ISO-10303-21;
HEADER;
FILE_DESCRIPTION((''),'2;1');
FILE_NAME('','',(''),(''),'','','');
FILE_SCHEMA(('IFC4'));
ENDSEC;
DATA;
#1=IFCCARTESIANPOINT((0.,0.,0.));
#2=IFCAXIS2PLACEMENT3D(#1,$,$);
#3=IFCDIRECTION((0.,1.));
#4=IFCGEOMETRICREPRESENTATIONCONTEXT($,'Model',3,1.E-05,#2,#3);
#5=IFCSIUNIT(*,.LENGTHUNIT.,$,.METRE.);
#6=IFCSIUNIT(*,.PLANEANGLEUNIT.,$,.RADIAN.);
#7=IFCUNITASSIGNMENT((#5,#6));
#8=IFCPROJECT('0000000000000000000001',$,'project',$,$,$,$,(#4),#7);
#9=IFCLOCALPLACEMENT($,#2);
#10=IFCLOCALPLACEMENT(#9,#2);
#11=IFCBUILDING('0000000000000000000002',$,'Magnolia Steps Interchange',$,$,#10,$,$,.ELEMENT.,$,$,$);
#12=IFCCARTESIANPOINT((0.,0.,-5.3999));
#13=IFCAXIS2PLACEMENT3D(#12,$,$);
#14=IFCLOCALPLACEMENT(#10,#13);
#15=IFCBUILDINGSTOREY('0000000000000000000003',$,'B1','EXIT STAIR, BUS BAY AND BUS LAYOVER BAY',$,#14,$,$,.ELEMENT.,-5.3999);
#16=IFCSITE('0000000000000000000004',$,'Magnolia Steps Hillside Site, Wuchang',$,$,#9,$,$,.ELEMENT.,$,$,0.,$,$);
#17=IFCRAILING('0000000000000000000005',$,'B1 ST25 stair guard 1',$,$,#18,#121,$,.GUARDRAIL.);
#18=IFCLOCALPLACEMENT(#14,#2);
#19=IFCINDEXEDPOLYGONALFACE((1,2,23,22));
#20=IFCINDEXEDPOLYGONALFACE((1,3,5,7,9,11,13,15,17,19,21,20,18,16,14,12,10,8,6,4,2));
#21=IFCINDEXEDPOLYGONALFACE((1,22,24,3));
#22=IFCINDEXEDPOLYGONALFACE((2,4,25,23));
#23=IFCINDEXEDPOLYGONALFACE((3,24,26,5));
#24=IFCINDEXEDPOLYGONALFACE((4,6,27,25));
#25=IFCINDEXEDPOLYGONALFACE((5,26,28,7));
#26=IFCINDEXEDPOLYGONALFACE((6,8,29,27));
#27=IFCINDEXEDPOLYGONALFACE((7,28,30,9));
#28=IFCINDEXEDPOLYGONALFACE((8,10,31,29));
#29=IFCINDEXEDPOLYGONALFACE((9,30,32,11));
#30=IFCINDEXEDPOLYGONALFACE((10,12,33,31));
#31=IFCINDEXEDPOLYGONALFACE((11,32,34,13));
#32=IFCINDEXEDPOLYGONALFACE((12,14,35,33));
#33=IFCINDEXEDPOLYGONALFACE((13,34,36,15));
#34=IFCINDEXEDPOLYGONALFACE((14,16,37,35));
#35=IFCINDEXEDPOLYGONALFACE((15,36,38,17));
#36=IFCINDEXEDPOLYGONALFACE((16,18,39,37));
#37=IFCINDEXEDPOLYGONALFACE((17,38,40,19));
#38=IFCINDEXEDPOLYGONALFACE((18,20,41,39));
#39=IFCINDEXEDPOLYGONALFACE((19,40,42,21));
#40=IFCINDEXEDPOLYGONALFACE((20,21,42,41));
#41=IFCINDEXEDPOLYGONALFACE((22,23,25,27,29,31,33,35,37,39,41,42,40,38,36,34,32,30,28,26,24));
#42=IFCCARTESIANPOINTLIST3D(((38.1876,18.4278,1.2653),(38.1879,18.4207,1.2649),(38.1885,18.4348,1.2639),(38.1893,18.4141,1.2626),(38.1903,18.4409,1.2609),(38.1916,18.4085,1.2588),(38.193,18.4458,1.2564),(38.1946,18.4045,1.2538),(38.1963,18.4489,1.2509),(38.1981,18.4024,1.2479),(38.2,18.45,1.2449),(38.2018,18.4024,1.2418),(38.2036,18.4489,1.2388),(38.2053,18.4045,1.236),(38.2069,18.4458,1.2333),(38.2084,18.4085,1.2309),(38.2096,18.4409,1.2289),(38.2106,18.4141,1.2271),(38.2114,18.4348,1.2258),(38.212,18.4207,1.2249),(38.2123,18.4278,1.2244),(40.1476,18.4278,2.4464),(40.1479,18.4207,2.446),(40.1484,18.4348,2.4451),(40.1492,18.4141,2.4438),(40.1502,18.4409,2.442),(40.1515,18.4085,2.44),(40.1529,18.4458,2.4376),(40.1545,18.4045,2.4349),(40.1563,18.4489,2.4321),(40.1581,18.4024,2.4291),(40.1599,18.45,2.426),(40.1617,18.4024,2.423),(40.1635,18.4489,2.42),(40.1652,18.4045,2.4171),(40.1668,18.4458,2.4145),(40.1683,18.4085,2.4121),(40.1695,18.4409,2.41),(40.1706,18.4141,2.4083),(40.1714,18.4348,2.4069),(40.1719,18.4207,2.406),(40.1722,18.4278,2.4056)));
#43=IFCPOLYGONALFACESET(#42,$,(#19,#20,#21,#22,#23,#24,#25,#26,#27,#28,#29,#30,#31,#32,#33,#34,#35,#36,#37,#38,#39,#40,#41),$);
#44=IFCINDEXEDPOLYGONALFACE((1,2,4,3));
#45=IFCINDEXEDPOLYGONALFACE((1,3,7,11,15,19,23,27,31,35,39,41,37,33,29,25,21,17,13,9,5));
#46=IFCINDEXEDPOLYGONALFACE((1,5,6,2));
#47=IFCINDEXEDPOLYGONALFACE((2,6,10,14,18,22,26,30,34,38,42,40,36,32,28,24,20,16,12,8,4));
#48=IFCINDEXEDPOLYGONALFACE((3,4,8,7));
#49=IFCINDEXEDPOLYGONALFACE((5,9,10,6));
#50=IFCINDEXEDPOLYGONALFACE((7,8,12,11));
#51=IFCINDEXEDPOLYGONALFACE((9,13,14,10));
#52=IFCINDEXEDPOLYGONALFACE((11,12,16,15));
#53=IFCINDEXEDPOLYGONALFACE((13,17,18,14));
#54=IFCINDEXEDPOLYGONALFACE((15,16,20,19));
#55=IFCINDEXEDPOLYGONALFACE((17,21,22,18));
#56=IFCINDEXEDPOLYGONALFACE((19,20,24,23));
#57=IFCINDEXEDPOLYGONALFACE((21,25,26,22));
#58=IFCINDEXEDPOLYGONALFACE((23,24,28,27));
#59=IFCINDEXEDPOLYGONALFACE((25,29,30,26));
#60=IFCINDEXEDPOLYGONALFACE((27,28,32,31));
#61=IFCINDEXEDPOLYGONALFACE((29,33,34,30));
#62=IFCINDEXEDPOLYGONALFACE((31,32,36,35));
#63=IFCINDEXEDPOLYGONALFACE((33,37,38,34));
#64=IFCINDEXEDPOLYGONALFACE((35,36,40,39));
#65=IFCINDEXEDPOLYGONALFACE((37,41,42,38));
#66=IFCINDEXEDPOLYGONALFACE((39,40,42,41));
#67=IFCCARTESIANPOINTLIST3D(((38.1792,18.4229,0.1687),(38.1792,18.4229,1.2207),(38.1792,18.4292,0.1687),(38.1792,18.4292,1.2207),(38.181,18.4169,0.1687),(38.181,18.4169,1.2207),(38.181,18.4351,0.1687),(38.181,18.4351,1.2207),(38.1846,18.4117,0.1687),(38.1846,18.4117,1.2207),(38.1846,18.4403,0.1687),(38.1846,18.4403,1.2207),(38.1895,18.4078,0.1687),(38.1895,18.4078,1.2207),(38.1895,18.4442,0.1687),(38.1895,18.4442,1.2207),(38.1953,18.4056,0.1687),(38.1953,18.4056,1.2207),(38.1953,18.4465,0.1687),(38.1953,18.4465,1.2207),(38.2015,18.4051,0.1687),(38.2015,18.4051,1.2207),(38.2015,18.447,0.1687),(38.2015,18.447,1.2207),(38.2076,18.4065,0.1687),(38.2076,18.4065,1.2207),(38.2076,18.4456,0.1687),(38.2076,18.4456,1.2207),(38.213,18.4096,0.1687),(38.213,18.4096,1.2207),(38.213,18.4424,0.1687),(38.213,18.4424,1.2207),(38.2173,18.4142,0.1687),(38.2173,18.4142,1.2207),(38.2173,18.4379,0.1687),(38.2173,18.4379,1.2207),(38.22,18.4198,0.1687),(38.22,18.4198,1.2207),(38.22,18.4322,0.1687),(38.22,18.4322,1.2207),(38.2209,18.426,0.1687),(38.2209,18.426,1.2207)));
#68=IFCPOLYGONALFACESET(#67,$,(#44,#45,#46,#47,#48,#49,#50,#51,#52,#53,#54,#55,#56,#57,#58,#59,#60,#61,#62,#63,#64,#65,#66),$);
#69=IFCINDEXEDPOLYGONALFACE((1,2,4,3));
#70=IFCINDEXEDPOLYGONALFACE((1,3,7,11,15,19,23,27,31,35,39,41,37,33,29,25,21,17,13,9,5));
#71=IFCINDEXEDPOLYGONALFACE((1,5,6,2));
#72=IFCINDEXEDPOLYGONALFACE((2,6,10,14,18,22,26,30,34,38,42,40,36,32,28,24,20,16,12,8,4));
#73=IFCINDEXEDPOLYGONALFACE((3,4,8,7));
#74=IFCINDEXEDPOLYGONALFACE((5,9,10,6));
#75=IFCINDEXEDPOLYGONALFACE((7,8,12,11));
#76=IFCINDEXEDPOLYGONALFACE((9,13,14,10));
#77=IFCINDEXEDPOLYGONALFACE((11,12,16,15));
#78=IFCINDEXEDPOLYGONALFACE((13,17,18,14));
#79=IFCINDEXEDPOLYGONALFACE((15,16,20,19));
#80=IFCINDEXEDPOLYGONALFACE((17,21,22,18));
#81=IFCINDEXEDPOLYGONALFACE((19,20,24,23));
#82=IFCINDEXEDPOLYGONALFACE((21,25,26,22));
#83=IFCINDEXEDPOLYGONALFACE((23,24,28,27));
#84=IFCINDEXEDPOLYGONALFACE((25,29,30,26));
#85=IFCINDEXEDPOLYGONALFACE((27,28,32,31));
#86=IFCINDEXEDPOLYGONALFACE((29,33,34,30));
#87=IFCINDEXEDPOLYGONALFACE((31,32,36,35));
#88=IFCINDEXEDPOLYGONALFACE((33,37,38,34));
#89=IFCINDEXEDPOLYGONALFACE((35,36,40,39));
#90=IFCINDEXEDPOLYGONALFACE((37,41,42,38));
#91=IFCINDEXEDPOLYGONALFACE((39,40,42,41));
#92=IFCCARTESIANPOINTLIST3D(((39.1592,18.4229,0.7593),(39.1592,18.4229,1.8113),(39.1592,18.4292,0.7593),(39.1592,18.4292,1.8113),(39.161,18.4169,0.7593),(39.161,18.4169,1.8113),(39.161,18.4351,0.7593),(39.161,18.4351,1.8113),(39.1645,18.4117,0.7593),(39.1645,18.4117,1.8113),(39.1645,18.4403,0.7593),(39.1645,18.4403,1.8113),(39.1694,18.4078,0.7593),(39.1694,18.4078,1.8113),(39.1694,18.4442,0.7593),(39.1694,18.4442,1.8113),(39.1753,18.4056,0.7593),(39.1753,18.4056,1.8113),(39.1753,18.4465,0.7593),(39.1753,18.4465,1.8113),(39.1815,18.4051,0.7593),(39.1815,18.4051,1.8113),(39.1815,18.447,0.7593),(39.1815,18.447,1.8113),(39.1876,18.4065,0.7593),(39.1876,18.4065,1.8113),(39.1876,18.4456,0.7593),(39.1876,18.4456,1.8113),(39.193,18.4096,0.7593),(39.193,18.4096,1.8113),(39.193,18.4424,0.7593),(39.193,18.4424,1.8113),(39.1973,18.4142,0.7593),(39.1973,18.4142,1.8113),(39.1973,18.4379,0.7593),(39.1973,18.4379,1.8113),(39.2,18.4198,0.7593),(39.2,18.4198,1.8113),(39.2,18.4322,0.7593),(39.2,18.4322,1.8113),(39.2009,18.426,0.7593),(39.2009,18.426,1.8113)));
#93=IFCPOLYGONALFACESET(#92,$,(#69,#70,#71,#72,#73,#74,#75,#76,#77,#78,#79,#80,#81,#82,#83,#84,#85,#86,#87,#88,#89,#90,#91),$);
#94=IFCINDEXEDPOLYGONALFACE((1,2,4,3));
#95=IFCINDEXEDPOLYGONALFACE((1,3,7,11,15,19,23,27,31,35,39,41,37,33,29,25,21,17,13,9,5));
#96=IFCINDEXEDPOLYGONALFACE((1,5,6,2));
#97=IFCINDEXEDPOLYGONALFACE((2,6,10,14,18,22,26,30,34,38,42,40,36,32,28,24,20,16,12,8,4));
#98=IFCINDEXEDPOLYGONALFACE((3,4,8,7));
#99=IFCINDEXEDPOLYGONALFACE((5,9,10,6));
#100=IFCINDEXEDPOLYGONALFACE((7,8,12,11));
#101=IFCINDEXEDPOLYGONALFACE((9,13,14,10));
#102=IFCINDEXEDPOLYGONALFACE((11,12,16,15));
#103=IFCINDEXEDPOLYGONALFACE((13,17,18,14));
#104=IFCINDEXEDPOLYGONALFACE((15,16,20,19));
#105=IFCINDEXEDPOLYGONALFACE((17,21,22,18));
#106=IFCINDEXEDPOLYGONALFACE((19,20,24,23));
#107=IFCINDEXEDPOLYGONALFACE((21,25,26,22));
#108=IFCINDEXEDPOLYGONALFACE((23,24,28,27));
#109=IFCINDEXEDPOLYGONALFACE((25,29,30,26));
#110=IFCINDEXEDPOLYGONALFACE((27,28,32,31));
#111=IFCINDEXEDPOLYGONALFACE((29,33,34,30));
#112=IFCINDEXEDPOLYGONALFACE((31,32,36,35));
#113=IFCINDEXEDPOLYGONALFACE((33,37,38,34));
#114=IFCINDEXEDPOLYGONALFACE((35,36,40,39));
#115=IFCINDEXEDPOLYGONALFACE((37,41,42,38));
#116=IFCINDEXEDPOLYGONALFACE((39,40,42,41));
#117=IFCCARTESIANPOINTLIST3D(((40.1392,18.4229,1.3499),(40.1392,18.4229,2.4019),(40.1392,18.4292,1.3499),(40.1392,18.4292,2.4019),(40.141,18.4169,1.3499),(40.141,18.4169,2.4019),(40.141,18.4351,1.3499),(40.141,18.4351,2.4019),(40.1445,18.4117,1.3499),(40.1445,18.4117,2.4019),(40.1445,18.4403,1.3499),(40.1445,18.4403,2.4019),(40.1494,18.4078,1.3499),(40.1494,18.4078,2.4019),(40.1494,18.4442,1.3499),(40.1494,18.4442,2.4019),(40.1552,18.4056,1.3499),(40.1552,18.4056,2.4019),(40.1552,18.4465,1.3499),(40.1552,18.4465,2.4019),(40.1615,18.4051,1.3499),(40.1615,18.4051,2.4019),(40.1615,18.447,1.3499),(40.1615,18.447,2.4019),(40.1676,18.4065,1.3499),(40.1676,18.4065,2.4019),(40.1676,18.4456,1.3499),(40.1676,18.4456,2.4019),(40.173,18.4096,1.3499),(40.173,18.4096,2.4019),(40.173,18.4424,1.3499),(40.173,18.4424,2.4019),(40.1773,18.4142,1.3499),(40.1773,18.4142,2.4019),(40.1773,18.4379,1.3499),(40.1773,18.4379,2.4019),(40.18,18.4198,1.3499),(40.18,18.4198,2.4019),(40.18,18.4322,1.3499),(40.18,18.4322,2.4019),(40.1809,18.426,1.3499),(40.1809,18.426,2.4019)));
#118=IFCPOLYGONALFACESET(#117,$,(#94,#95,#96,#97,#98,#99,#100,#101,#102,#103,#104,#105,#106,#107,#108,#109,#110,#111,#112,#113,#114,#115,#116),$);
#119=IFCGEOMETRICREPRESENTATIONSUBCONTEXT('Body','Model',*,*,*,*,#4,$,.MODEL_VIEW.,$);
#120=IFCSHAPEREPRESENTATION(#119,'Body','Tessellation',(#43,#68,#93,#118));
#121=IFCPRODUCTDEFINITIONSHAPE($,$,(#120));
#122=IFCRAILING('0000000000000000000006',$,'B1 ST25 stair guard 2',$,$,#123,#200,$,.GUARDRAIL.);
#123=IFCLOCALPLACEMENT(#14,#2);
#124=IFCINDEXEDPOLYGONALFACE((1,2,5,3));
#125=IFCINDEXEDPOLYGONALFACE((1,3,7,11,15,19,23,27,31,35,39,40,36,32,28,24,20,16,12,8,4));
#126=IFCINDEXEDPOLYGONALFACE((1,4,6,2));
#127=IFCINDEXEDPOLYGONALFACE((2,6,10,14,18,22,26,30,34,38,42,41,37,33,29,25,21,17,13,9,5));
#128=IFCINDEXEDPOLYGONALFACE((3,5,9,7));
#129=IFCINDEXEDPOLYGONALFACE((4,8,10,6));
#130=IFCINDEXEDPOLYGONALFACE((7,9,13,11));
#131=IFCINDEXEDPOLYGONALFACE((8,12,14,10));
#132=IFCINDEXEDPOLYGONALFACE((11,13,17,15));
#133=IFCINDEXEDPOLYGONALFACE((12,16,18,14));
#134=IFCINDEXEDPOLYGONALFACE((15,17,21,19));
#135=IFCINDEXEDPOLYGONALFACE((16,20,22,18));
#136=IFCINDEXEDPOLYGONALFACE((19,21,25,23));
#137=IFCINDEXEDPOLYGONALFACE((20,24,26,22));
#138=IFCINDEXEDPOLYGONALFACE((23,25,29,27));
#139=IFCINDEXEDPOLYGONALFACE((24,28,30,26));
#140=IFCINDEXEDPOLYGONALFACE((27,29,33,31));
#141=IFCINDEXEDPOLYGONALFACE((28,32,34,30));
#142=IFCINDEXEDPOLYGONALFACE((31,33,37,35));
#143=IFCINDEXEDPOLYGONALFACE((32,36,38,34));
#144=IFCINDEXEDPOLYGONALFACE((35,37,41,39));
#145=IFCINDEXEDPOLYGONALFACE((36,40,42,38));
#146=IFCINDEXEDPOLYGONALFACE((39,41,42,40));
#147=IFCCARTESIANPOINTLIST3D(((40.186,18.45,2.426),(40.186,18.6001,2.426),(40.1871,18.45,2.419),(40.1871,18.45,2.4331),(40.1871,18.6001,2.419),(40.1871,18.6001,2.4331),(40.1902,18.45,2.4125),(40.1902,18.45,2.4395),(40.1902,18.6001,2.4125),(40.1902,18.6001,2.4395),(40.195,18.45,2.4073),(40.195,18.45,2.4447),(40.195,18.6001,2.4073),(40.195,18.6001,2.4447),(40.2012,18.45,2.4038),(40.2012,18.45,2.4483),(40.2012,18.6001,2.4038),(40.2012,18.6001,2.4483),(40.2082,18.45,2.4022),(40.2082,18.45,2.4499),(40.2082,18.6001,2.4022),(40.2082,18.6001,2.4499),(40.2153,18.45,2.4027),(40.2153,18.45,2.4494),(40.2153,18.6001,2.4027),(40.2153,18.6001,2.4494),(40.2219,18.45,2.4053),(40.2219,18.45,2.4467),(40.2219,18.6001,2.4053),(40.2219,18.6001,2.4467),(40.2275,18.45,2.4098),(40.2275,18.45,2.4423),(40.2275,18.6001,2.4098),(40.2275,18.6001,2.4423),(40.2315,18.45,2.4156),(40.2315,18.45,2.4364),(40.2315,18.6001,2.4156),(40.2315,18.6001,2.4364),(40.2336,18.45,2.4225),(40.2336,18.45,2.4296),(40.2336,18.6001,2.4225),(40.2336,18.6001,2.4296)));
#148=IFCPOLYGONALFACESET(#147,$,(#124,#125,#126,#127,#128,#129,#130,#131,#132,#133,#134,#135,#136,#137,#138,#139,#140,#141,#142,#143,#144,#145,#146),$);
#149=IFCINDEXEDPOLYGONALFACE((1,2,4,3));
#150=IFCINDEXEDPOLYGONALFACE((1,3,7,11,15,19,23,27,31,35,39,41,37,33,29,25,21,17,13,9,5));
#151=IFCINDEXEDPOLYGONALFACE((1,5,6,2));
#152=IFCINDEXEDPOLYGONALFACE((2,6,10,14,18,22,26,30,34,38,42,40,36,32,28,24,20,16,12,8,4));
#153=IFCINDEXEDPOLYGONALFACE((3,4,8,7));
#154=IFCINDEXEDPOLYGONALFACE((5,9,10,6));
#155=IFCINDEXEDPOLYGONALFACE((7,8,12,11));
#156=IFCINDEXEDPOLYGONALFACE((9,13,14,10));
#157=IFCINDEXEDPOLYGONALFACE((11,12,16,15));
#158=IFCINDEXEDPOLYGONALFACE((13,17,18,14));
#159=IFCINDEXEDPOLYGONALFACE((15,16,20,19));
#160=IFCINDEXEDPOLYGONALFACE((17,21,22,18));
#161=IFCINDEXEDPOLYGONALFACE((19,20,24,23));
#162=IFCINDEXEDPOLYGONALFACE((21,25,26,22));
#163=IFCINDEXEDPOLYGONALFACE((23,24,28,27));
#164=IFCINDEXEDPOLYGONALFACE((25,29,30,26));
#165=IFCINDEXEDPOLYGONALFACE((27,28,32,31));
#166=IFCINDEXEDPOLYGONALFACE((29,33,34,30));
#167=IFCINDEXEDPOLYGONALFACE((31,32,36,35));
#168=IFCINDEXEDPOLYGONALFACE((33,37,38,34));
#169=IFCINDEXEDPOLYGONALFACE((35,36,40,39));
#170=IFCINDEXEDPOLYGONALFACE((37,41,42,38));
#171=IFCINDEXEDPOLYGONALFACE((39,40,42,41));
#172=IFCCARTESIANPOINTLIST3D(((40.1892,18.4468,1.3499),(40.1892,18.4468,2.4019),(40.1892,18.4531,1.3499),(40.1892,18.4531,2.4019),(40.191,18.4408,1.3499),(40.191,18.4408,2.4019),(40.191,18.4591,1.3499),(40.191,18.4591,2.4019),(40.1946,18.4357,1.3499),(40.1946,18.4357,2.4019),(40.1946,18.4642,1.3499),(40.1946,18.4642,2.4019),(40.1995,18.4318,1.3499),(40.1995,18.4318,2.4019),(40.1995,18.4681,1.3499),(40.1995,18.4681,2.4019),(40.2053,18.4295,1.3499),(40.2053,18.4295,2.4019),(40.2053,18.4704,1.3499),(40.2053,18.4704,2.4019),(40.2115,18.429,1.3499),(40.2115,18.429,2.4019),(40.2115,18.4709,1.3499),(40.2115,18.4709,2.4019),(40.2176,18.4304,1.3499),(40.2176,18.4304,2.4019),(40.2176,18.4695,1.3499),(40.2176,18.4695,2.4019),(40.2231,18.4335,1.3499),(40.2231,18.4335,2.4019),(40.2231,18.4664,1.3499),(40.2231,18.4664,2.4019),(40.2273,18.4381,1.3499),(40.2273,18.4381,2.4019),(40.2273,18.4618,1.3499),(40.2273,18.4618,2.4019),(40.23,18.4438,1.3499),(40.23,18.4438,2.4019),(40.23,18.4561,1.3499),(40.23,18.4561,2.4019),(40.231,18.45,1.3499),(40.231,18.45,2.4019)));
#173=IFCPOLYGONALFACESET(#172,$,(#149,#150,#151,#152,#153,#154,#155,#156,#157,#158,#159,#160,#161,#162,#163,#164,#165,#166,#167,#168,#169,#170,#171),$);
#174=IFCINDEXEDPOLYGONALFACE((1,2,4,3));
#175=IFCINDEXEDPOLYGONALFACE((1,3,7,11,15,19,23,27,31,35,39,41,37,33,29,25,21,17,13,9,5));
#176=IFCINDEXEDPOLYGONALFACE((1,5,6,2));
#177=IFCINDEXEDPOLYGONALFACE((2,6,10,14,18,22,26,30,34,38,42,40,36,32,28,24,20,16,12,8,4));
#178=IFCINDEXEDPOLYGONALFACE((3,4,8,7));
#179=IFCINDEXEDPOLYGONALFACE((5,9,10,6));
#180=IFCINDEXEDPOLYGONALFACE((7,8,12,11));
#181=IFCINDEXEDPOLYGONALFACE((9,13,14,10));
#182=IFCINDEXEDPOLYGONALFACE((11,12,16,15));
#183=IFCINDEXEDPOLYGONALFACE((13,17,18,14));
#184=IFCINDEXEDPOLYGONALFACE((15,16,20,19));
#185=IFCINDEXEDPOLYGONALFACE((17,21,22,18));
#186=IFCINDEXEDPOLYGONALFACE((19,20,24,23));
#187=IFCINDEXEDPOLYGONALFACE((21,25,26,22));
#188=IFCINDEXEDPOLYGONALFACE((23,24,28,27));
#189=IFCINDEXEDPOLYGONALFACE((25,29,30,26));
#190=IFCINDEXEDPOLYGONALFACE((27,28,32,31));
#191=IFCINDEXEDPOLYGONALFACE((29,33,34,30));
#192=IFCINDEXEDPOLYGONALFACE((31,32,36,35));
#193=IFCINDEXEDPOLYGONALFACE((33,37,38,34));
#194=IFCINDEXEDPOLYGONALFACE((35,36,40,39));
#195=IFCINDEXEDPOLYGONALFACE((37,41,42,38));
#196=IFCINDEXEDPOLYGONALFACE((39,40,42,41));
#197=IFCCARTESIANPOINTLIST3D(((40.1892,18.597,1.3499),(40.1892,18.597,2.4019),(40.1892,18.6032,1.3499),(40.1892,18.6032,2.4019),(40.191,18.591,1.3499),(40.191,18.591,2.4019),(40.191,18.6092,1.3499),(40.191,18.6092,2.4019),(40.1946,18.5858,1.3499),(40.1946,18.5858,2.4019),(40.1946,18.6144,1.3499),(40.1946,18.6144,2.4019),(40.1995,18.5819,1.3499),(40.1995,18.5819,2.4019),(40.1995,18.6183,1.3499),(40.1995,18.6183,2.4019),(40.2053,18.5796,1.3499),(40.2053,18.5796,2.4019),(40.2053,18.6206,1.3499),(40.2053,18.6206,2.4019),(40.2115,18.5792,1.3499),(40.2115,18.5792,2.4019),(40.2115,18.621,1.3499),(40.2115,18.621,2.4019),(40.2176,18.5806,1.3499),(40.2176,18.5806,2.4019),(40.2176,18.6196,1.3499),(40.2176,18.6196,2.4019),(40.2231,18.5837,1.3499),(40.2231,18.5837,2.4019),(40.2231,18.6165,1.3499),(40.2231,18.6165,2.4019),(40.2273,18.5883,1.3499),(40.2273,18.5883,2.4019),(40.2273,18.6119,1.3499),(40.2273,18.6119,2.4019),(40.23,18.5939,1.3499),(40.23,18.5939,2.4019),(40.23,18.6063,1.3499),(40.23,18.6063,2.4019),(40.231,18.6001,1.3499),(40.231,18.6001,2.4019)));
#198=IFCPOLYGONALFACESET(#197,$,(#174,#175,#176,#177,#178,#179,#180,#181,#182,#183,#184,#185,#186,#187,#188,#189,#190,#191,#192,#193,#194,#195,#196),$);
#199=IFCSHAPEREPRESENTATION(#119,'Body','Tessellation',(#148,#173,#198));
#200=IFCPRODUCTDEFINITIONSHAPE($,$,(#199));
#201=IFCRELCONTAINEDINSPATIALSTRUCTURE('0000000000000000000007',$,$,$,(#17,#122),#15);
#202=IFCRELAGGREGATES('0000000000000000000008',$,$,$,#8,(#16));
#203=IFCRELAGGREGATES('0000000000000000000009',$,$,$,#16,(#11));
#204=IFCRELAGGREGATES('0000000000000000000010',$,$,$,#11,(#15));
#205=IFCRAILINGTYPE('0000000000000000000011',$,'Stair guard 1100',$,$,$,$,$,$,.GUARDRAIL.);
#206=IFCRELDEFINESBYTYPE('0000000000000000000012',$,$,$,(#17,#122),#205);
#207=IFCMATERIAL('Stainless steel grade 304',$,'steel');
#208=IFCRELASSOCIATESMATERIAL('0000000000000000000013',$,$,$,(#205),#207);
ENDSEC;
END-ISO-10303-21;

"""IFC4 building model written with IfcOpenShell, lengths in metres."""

from ifc_helpers import new_model, si_unit, direction, frame, origin, origin_2d, place, context, subcontext, project, spatial, circle, extrude, material, type_object, element, save


model = new_model("IFC4")

# Units and contexts
model_context = context("Model", 3, precision=1e-05, world=origin(), true_north=direction((0.0, 1.0)))
body_context = subcontext(model_context, "Body", "Model", "MODEL_VIEW")
ifc_project = project(units=[si_unit("LENGTHUNIT", "METRE"), si_unit("PLANEANGLEUNIT", "RADIAN")], contexts=[model_context])

# Site, building, storey
site_placement = place(None, origin())
site = spatial("IfcSite", under=ifc_project, at=site_placement, Name="Magnolia Steps Hillside Site, Wuchang", CompositionType="ELEMENT", RefElevation=0.0)
building_placement = place(site_placement, origin())
building = spatial("IfcBuilding", under=site, at=building_placement, Name="Magnolia Steps Interchange", CompositionType="ELEMENT")
storey_placement = place(building_placement, frame((0.0, 0.0, -5.3999)))
storey = spatial("IfcBuildingStorey", under=building, at=storey_placement, Name="B1", Description="EXIT STAIR, BUS BAY AND BUS LAYOVER BAY", CompositionType="ELEMENT", Elevation=-5.3999)

# Railings
ifc_material_1 = material(Name="Stainless steel grade 304", Category="steel")
railing_type_1 = type_object("IfcRailingType", Name="Stair guard 1100", PredefinedType="GUARDRAIL", material=ifc_material_1)
railing_1_placement = place(storey_placement, frame((38.2, 18.426, 0.1687)))
element("IfcRailing", 1, at=railing_1_placement, inside=storey, type_object=railing_type_1, Name="B1 ST25 stair guard 1", PredefinedType="GUARDRAIL", context=body_context, shape_type="SweptSolid", body=[
    extrude(circle(Radius=0.0239, at=origin_2d()), frame((0.0, 0.0, 1.0762), z_axis=(0.856493, 0.0, 0.516158), x_axis=(0.0, 1.0, 0.0)), (0.0, 0.0, 1.0), 2.2883),
    extrude(circle(Radius=0.021, at=origin_2d()), origin(), (0.0, 0.0, 1.0), 1.052),
    extrude(circle(Radius=0.021, at=origin_2d()), frame((0.98, 0.0, 0.5906)), (0.0, 0.0, 1.0), 1.052),
    extrude(circle(Radius=0.021, at=origin_2d()), frame((1.96, 0.0, 1.1812)), (0.0, 0.0, 1.0), 1.052),
])
railing_2_placement = place(storey_placement, frame((40.21, 18.45, 1.3499)))
element("IfcRailing", 2, at=railing_2_placement, inside=storey, type_object=railing_type_1, Name="B1 ST25 stair guard 2", PredefinedType="GUARDRAIL", context=body_context, shape_type="SweptSolid", body=[
    extrude(circle(Radius=0.0239, at=origin_2d()), frame((0.0, 0.0, 1.0762), z_axis=(0.0, 1.0, 0.0), x_axis=(-1.0, 0.0, 0.0)), (0.0, 0.0, 1.0), 0.1501),
    extrude(circle(Radius=0.021, at=origin_2d()), origin(), (0.0, 0.0, 1.0), 1.052),
    extrude(circle(Radius=0.021, at=origin_2d()), frame((0.0, 0.1501, 0.0)), (0.0, 0.0, 1.0), 1.052),
])

save(model, "model.ifc")
